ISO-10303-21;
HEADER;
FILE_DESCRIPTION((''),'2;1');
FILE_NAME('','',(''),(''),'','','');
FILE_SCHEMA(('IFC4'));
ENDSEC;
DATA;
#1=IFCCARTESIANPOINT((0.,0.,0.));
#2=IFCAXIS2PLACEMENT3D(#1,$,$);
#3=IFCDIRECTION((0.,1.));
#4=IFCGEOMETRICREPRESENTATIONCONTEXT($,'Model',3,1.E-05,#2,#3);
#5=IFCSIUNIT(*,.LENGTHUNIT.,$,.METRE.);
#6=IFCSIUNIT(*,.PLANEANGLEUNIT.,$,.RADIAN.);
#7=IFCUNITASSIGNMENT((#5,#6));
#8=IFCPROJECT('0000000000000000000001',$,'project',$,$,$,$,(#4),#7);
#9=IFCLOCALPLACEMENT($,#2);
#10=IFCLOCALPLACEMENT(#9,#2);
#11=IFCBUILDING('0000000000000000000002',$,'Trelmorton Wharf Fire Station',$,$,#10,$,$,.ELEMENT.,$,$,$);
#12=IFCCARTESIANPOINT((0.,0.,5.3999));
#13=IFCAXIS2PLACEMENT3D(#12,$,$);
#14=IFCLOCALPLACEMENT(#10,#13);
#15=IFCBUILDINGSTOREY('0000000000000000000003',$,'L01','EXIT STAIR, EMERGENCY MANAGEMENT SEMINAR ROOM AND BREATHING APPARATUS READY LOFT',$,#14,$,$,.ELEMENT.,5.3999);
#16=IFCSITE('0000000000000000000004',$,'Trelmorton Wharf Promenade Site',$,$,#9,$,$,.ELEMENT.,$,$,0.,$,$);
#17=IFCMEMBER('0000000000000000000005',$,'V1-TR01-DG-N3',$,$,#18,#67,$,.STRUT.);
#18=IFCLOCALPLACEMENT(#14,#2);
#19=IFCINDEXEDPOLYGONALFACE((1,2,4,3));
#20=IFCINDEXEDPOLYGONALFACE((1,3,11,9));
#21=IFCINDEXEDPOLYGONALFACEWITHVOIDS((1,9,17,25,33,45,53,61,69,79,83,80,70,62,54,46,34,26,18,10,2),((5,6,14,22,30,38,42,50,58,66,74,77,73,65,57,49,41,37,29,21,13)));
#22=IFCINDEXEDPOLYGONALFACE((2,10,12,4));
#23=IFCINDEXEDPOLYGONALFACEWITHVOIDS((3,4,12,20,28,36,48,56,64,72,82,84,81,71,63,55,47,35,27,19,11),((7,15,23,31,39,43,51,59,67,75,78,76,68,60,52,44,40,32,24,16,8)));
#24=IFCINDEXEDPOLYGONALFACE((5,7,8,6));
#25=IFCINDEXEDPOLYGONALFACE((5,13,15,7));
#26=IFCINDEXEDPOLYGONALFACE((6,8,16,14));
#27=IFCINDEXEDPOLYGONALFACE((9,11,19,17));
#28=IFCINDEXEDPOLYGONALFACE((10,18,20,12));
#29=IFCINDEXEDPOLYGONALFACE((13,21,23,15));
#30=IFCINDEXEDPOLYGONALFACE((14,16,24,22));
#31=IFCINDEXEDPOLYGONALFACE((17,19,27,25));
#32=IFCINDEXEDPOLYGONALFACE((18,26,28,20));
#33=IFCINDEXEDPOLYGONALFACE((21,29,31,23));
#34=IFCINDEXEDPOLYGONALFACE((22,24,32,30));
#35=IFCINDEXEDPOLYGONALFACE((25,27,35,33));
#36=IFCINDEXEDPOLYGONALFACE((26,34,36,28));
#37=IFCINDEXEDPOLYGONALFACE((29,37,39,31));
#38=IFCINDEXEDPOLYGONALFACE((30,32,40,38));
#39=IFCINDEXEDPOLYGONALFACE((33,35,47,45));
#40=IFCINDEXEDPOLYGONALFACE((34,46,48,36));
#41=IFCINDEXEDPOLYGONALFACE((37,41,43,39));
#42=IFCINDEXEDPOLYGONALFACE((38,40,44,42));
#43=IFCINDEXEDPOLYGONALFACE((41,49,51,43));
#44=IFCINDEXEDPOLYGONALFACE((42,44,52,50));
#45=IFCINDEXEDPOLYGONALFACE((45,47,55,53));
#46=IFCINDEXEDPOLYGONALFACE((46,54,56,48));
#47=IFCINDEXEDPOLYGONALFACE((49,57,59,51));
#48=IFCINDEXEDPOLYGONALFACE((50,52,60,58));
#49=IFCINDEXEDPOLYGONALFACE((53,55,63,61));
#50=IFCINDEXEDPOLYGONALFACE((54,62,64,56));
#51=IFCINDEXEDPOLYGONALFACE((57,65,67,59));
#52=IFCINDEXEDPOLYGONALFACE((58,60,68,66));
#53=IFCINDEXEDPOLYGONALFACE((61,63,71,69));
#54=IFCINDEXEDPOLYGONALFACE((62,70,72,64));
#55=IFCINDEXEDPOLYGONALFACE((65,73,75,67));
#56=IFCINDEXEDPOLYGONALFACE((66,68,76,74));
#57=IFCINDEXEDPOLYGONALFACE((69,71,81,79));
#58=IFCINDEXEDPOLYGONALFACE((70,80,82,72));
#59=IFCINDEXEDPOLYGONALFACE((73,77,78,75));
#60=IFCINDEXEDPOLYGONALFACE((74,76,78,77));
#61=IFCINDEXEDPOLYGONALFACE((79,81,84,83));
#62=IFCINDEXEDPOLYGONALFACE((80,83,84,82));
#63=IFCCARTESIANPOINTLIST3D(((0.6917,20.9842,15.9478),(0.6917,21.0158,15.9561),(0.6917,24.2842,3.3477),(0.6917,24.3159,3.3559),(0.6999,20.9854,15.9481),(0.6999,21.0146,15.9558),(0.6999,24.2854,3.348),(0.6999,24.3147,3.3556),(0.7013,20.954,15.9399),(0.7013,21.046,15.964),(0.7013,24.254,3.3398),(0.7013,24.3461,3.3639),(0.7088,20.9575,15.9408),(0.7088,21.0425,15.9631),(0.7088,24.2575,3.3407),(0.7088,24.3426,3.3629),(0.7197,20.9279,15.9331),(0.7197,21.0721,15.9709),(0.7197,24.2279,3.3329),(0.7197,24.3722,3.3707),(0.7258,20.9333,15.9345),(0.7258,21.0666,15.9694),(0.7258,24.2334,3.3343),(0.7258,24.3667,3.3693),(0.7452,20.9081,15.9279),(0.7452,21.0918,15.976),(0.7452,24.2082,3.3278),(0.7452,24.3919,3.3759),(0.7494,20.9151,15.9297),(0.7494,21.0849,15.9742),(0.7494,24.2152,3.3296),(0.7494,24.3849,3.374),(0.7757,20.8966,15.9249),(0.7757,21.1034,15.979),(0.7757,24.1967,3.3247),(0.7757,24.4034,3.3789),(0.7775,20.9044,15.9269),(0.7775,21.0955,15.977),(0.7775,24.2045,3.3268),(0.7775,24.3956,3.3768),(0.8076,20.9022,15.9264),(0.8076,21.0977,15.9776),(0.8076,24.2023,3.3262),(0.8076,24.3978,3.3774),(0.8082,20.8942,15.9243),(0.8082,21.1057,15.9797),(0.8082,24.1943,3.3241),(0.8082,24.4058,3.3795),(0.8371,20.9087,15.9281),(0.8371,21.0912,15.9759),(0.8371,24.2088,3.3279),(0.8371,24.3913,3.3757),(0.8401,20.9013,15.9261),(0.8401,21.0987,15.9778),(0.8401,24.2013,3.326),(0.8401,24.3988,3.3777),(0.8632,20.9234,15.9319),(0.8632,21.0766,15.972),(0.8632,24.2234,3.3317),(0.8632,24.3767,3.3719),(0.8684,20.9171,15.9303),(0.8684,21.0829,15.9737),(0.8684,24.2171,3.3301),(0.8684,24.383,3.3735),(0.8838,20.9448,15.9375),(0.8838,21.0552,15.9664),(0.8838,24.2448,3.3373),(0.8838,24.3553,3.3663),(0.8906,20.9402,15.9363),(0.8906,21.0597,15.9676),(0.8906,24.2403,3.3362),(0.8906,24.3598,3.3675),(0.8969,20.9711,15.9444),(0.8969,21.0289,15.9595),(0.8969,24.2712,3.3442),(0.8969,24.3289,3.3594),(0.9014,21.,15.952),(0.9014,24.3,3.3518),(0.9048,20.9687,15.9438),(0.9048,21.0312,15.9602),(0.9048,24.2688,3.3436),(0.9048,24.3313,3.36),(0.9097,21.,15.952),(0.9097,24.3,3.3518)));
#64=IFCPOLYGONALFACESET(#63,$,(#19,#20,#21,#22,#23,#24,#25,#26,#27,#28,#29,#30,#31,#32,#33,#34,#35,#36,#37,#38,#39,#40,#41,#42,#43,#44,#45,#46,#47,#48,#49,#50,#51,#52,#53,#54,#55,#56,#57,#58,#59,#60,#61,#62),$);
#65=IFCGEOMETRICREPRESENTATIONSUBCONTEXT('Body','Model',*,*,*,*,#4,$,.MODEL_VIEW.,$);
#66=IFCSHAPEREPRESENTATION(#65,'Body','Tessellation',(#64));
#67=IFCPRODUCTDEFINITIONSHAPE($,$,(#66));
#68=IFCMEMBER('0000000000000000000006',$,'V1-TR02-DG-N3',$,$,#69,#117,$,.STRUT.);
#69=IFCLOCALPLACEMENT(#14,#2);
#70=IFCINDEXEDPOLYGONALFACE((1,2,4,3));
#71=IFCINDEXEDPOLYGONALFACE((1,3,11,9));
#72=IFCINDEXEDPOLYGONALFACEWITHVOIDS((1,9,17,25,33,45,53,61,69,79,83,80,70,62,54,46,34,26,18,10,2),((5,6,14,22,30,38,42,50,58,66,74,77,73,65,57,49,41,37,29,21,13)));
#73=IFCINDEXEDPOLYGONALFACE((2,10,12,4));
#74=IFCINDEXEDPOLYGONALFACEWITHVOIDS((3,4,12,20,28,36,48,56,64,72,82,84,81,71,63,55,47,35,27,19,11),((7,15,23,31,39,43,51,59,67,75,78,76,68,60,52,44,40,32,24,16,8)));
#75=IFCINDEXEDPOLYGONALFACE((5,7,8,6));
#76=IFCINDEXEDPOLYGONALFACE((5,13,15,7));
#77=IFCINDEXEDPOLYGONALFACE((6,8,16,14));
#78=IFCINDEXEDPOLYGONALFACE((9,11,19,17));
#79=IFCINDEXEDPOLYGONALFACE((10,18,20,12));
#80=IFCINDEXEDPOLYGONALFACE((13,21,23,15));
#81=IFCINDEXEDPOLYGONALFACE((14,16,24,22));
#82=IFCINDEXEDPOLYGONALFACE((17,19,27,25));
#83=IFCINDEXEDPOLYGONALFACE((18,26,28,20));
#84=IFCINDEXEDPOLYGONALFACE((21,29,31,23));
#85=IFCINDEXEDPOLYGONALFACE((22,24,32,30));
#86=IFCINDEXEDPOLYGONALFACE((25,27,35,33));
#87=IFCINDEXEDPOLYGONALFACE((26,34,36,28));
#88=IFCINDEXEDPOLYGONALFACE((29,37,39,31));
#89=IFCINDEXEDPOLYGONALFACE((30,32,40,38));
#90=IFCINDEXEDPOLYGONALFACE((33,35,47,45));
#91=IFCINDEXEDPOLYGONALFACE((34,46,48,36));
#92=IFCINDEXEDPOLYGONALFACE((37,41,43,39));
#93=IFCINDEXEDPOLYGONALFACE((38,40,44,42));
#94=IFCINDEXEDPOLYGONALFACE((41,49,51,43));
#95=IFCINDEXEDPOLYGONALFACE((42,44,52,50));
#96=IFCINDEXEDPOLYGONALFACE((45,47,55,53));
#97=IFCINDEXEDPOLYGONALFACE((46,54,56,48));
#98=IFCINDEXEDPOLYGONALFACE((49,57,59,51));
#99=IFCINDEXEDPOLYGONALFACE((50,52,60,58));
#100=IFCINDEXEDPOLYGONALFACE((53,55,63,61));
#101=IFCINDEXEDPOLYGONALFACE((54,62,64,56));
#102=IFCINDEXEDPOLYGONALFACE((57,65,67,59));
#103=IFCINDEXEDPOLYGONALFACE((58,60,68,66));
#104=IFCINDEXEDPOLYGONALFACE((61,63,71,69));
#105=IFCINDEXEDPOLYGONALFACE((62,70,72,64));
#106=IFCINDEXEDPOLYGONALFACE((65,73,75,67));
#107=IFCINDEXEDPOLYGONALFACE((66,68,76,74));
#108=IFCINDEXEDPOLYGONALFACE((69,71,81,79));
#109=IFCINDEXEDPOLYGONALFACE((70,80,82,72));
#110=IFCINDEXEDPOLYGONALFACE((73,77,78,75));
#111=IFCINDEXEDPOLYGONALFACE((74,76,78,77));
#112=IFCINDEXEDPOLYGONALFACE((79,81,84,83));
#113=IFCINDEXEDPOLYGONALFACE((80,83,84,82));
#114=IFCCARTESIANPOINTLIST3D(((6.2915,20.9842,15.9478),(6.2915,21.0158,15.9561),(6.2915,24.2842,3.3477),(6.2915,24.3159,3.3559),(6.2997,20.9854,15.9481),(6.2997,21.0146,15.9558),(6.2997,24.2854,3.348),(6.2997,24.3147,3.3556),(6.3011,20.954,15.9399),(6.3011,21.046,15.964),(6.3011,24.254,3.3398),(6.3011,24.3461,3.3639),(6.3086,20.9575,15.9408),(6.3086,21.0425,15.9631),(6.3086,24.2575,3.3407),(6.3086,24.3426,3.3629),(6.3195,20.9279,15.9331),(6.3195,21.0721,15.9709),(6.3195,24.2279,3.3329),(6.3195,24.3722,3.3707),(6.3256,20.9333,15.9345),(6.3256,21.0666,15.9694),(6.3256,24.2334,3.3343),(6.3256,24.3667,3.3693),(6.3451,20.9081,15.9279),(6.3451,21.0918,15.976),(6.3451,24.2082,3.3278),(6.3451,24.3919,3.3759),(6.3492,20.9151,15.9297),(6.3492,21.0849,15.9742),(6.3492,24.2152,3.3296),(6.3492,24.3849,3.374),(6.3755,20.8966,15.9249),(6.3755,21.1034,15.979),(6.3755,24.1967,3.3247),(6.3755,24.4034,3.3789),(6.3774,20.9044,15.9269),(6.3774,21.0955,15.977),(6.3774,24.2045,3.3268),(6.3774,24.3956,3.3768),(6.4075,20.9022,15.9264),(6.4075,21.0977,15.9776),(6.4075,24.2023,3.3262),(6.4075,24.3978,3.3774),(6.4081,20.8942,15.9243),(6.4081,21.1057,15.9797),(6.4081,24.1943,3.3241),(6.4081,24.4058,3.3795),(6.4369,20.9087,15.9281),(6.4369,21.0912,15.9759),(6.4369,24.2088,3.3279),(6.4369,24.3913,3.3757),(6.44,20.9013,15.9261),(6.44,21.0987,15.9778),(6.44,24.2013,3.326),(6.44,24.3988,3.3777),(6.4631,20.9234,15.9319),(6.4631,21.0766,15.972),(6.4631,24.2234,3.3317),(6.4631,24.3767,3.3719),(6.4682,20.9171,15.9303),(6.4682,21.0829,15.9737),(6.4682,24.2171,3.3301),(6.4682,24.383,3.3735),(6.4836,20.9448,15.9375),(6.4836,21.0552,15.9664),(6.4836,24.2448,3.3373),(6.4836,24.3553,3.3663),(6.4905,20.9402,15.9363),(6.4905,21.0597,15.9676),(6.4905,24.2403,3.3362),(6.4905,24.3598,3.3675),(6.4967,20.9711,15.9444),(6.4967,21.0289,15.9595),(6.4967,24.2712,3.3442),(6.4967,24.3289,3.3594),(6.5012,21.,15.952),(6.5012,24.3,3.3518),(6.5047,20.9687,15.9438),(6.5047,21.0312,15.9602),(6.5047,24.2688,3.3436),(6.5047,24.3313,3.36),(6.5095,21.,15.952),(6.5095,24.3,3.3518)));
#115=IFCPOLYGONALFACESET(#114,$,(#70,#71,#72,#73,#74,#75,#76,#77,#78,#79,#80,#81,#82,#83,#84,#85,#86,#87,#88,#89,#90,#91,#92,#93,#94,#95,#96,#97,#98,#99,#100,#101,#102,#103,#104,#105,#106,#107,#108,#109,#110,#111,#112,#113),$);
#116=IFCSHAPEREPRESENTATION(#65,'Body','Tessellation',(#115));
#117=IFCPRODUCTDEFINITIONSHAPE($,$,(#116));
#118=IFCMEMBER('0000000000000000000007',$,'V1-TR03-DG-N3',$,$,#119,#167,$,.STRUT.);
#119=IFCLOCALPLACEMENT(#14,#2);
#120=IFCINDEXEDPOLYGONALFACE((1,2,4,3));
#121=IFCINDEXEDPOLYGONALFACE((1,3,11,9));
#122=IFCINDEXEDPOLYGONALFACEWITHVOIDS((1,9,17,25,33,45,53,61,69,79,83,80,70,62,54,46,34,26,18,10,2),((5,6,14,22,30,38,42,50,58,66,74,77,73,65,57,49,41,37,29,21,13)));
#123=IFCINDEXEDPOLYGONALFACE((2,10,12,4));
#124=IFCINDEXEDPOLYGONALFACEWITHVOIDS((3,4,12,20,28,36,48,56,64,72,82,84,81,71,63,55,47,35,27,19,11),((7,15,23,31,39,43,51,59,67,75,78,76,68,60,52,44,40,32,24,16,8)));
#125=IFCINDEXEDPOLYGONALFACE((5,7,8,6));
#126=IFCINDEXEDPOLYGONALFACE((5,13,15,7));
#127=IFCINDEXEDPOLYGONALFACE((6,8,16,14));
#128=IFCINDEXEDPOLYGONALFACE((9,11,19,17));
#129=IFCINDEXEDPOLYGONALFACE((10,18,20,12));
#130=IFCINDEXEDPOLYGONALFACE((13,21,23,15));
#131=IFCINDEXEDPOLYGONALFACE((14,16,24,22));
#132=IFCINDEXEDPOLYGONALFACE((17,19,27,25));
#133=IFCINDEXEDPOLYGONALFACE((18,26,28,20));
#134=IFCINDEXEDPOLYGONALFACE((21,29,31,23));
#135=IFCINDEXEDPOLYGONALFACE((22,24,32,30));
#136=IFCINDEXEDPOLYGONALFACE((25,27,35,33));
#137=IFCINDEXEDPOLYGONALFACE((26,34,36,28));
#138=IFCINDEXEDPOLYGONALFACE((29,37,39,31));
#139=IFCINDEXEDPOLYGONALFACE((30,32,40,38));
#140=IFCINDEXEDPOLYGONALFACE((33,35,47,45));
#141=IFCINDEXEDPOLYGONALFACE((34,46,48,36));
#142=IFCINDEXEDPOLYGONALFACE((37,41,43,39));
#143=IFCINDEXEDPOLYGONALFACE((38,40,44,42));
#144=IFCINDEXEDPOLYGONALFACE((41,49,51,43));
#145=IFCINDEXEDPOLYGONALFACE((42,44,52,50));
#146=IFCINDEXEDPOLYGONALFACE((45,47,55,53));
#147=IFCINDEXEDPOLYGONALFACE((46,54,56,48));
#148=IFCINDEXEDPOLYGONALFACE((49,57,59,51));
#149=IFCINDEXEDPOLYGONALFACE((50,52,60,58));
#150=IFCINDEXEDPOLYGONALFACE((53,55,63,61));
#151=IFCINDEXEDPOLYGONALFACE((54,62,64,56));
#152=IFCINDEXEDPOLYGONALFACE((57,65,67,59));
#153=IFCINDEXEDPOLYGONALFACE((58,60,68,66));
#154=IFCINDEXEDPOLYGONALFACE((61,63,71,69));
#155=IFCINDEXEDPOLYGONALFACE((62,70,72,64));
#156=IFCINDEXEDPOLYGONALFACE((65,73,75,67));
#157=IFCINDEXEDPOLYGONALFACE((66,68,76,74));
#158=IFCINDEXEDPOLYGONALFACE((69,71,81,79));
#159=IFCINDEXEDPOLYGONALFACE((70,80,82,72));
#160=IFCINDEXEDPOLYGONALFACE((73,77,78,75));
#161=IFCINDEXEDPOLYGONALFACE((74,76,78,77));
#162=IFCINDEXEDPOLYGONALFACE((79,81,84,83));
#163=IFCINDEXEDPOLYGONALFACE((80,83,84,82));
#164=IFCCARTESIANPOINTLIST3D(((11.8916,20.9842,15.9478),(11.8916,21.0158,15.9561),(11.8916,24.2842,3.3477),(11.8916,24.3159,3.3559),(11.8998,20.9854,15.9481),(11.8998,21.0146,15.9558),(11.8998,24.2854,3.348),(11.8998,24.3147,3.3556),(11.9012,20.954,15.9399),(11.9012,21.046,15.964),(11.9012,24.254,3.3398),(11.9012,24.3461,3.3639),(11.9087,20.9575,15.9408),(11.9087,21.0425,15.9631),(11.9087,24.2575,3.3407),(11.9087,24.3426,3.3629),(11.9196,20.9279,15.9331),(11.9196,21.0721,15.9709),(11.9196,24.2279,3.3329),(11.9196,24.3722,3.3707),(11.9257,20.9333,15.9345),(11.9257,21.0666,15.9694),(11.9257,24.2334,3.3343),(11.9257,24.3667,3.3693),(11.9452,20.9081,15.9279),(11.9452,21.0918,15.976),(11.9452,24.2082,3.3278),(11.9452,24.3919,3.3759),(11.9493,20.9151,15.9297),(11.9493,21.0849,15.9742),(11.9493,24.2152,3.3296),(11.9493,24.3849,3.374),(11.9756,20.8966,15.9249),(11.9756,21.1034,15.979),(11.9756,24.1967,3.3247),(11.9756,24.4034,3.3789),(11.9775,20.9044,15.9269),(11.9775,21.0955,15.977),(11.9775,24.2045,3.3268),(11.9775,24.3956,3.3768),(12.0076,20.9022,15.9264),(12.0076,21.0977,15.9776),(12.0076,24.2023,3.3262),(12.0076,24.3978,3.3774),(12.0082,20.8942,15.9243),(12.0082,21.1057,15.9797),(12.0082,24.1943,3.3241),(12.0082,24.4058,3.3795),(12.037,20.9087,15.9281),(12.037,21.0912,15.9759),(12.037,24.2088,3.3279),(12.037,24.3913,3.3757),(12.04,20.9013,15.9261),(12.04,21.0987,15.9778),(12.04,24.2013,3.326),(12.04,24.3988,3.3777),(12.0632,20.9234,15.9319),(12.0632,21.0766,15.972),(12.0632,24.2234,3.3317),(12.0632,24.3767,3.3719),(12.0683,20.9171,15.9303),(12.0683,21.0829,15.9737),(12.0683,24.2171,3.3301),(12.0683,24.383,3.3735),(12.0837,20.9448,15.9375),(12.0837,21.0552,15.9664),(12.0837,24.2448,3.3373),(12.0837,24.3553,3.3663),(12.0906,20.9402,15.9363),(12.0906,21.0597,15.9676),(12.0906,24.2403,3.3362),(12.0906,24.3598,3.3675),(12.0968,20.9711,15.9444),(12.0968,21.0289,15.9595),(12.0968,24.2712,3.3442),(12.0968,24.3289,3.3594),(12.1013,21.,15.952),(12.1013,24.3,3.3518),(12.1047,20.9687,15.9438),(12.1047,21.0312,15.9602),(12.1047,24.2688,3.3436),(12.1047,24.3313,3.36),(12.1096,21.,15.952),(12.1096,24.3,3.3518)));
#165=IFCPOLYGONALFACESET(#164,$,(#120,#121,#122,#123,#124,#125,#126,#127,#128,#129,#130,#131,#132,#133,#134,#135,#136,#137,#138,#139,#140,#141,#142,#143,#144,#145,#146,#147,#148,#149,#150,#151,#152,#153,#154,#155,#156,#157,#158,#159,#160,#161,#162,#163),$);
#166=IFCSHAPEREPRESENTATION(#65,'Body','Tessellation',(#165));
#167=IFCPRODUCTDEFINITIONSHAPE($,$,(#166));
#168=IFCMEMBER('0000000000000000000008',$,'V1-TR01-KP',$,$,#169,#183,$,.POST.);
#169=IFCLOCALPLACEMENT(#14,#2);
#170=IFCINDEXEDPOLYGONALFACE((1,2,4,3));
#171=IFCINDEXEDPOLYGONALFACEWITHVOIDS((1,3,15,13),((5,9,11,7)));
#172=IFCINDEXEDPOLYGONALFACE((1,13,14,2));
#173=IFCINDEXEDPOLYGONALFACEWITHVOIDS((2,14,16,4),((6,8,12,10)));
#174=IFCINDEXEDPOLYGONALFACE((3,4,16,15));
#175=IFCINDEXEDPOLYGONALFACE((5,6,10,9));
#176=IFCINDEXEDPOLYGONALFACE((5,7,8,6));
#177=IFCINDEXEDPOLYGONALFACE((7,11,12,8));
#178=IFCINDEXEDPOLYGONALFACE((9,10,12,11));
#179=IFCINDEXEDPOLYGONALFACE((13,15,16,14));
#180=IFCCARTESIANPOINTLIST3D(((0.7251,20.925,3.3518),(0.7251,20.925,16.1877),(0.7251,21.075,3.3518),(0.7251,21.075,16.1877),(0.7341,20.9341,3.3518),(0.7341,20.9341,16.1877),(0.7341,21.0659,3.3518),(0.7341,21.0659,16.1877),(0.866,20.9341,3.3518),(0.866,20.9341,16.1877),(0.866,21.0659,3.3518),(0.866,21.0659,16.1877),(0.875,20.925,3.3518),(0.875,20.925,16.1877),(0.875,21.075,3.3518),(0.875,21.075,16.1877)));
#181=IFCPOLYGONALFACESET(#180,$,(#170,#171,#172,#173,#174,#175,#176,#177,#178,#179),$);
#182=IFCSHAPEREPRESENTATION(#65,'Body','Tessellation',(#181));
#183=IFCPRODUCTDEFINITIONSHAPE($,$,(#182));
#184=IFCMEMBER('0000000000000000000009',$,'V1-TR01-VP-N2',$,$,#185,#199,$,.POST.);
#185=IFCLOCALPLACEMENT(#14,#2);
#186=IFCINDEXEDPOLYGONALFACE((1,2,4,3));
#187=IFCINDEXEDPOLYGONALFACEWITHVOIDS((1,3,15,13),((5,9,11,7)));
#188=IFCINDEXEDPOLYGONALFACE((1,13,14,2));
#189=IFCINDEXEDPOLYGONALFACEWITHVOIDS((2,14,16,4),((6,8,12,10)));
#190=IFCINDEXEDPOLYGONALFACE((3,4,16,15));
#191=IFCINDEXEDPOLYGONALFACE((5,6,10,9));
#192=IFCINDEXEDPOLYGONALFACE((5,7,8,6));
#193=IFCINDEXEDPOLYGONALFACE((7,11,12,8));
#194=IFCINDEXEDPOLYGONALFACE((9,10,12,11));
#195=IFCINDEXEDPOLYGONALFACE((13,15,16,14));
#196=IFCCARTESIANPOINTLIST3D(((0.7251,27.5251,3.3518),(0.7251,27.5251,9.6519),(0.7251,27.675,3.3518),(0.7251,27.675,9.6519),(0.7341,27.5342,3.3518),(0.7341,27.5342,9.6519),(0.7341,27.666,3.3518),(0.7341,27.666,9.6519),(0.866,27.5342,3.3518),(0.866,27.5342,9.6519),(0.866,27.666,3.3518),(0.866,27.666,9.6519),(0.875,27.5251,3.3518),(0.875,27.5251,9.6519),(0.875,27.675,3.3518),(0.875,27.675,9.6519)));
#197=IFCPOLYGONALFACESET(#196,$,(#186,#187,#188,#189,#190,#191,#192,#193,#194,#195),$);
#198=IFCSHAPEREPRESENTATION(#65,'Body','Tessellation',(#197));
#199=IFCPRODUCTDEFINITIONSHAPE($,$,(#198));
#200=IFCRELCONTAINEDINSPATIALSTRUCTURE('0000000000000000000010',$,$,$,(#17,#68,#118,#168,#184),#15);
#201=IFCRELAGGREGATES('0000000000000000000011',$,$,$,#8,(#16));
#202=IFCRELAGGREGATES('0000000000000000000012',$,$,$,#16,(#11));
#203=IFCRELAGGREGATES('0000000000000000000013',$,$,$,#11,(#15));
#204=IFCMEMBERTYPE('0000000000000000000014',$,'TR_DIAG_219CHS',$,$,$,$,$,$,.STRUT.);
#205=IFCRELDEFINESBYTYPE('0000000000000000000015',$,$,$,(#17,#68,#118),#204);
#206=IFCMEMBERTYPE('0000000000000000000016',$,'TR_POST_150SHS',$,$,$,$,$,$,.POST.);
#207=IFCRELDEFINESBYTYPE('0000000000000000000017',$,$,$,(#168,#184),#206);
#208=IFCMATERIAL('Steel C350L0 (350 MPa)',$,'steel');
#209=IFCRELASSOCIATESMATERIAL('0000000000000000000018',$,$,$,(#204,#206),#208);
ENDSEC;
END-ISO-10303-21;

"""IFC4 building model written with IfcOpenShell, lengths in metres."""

from ifc_helpers import new_model, si_unit, direction, frame, origin, origin_2d, place, context, subcontext, project, spatial, hollow_rectangle, hollow_circle, extrude, material, material_profile, profile_set, type_object, element, save


model = new_model("IFC4")

# Units and contexts
model_context = context("Model", 3, precision=1e-05, world=origin(), true_north=direction((0.0, 1.0)))
body_context = subcontext(model_context, "Body", "Model", "MODEL_VIEW")
ifc_project = project(units=[si_unit("LENGTHUNIT", "METRE"), si_unit("PLANEANGLEUNIT", "RADIAN")], contexts=[model_context])

# Site, building, storey
site_placement = place(None, origin())
site = spatial("IfcSite", under=ifc_project, at=site_placement, Name="Trelmorton Wharf Promenade Site", CompositionType="ELEMENT", RefElevation=0.0)
building_placement = place(site_placement, origin())
building = spatial("IfcBuilding", under=site, at=building_placement, Name="Trelmorton Wharf Fire Station", CompositionType="ELEMENT")
storey_placement = place(building_placement, frame((0.0, 0.0, 5.3999)))
storey = spatial("IfcBuildingStorey", under=building, at=storey_placement, Name="L01", Description="EXIT STAIR, EMERGENCY MANAGEMENT SEMINAR ROOM AND BREATHING APPARATUS READY LOFT", CompositionType="ELEMENT", Elevation=5.3999)

# Members
ifc_material_1 = material(Name="Steel C350L0 (350 MPa)", Category="steel")
ifc_material_profile_1 = material_profile(ifc_material_1, hollow_circle(Radius=0.1096, WallThickness=0.0083, at=origin_2d()), Name="219.1x8.2CHS")
ifc_profile_set_1 = profile_set([ifc_material_profile_1], Name="Steel C350L0 (350 MPa)")
member_type_1 = type_object("IfcMemberType", Name="TR_DIAG_219CHS", PredefinedType="STRUT", material=ifc_profile_set_1)
for number, where, z_axis, x_axis, name in (
    (1, (0.8, 24.3, 3.3518), (0.0, -0.253361, 0.967372), (1.0, 0.0, 0.0), "V1-TR01-DG-N3"),
    (2, (6.3999, 24.3, 3.3518), (0.0, -0.253361, 0.967372), (1.0, 0.0, 0.0), "V1-TR02-DG-N3"),
    (3, (12.0, 24.3, 3.3518), (0.0, -0.253361, 0.967372), (1.0, 0.0, 0.0), "V1-TR03-DG-N3"),
):
    element("IfcMember", number, at=place(storey_placement, frame(where, z_axis=z_axis, x_axis=x_axis)), inside=storey, type_object=member_type_1, Name=name, PredefinedType="STRUT", context=body_context, shape_type="SweptSolid", body=[
        extrude(hollow_circle(Radius=0.1096, WallThickness=0.0083, at=origin_2d()), origin(), (0.0, 0.0, 1.0), 13.0251),
    ])
ifc_material_profile_2 = material_profile(ifc_material_1, hollow_rectangle(XDim=0.1499, YDim=0.1499, WallThickness=0.009, at=origin_2d()), Name="150x150x9.0SHS")
ifc_profile_set_2 = profile_set([ifc_material_profile_2], Name="Steel C350L0 (350 MPa)")
member_type_2 = type_object("IfcMemberType", Name="TR_POST_150SHS", PredefinedType="POST", material=ifc_profile_set_2)
member_1_placement = place(storey_placement, frame((0.8, 21.0, 3.3518), z_axis=(0.0, 0.0, 1.0), x_axis=(1.0, 0.0, 0.0)))
element("IfcMember", 4, at=member_1_placement, inside=storey, type_object=member_type_2, Name="V1-TR01-KP", PredefinedType="POST", context=body_context, shape_type="SweptSolid", body=[
    extrude(hollow_rectangle(XDim=0.1499, YDim=0.1499, WallThickness=0.009, at=origin_2d()), origin(), (0.0, 0.0, 1.0), 12.8359),
])
member_2_placement = place(storey_placement, frame((0.8, 27.6001, 3.3518), z_axis=(0.0, 0.0, 1.0), x_axis=(1.0, 0.0, 0.0)))
element("IfcMember", 5, at=member_2_placement, inside=storey, type_object=member_type_2, Name="V1-TR01-VP-N2", PredefinedType="POST", context=body_context, shape_type="SweptSolid", body=[
    extrude(hollow_rectangle(XDim=0.1499, YDim=0.1499, WallThickness=0.009, at=origin_2d()), origin(), (0.0, 0.0, 1.0), 6.3),
])

save(model, "model.ifc")
